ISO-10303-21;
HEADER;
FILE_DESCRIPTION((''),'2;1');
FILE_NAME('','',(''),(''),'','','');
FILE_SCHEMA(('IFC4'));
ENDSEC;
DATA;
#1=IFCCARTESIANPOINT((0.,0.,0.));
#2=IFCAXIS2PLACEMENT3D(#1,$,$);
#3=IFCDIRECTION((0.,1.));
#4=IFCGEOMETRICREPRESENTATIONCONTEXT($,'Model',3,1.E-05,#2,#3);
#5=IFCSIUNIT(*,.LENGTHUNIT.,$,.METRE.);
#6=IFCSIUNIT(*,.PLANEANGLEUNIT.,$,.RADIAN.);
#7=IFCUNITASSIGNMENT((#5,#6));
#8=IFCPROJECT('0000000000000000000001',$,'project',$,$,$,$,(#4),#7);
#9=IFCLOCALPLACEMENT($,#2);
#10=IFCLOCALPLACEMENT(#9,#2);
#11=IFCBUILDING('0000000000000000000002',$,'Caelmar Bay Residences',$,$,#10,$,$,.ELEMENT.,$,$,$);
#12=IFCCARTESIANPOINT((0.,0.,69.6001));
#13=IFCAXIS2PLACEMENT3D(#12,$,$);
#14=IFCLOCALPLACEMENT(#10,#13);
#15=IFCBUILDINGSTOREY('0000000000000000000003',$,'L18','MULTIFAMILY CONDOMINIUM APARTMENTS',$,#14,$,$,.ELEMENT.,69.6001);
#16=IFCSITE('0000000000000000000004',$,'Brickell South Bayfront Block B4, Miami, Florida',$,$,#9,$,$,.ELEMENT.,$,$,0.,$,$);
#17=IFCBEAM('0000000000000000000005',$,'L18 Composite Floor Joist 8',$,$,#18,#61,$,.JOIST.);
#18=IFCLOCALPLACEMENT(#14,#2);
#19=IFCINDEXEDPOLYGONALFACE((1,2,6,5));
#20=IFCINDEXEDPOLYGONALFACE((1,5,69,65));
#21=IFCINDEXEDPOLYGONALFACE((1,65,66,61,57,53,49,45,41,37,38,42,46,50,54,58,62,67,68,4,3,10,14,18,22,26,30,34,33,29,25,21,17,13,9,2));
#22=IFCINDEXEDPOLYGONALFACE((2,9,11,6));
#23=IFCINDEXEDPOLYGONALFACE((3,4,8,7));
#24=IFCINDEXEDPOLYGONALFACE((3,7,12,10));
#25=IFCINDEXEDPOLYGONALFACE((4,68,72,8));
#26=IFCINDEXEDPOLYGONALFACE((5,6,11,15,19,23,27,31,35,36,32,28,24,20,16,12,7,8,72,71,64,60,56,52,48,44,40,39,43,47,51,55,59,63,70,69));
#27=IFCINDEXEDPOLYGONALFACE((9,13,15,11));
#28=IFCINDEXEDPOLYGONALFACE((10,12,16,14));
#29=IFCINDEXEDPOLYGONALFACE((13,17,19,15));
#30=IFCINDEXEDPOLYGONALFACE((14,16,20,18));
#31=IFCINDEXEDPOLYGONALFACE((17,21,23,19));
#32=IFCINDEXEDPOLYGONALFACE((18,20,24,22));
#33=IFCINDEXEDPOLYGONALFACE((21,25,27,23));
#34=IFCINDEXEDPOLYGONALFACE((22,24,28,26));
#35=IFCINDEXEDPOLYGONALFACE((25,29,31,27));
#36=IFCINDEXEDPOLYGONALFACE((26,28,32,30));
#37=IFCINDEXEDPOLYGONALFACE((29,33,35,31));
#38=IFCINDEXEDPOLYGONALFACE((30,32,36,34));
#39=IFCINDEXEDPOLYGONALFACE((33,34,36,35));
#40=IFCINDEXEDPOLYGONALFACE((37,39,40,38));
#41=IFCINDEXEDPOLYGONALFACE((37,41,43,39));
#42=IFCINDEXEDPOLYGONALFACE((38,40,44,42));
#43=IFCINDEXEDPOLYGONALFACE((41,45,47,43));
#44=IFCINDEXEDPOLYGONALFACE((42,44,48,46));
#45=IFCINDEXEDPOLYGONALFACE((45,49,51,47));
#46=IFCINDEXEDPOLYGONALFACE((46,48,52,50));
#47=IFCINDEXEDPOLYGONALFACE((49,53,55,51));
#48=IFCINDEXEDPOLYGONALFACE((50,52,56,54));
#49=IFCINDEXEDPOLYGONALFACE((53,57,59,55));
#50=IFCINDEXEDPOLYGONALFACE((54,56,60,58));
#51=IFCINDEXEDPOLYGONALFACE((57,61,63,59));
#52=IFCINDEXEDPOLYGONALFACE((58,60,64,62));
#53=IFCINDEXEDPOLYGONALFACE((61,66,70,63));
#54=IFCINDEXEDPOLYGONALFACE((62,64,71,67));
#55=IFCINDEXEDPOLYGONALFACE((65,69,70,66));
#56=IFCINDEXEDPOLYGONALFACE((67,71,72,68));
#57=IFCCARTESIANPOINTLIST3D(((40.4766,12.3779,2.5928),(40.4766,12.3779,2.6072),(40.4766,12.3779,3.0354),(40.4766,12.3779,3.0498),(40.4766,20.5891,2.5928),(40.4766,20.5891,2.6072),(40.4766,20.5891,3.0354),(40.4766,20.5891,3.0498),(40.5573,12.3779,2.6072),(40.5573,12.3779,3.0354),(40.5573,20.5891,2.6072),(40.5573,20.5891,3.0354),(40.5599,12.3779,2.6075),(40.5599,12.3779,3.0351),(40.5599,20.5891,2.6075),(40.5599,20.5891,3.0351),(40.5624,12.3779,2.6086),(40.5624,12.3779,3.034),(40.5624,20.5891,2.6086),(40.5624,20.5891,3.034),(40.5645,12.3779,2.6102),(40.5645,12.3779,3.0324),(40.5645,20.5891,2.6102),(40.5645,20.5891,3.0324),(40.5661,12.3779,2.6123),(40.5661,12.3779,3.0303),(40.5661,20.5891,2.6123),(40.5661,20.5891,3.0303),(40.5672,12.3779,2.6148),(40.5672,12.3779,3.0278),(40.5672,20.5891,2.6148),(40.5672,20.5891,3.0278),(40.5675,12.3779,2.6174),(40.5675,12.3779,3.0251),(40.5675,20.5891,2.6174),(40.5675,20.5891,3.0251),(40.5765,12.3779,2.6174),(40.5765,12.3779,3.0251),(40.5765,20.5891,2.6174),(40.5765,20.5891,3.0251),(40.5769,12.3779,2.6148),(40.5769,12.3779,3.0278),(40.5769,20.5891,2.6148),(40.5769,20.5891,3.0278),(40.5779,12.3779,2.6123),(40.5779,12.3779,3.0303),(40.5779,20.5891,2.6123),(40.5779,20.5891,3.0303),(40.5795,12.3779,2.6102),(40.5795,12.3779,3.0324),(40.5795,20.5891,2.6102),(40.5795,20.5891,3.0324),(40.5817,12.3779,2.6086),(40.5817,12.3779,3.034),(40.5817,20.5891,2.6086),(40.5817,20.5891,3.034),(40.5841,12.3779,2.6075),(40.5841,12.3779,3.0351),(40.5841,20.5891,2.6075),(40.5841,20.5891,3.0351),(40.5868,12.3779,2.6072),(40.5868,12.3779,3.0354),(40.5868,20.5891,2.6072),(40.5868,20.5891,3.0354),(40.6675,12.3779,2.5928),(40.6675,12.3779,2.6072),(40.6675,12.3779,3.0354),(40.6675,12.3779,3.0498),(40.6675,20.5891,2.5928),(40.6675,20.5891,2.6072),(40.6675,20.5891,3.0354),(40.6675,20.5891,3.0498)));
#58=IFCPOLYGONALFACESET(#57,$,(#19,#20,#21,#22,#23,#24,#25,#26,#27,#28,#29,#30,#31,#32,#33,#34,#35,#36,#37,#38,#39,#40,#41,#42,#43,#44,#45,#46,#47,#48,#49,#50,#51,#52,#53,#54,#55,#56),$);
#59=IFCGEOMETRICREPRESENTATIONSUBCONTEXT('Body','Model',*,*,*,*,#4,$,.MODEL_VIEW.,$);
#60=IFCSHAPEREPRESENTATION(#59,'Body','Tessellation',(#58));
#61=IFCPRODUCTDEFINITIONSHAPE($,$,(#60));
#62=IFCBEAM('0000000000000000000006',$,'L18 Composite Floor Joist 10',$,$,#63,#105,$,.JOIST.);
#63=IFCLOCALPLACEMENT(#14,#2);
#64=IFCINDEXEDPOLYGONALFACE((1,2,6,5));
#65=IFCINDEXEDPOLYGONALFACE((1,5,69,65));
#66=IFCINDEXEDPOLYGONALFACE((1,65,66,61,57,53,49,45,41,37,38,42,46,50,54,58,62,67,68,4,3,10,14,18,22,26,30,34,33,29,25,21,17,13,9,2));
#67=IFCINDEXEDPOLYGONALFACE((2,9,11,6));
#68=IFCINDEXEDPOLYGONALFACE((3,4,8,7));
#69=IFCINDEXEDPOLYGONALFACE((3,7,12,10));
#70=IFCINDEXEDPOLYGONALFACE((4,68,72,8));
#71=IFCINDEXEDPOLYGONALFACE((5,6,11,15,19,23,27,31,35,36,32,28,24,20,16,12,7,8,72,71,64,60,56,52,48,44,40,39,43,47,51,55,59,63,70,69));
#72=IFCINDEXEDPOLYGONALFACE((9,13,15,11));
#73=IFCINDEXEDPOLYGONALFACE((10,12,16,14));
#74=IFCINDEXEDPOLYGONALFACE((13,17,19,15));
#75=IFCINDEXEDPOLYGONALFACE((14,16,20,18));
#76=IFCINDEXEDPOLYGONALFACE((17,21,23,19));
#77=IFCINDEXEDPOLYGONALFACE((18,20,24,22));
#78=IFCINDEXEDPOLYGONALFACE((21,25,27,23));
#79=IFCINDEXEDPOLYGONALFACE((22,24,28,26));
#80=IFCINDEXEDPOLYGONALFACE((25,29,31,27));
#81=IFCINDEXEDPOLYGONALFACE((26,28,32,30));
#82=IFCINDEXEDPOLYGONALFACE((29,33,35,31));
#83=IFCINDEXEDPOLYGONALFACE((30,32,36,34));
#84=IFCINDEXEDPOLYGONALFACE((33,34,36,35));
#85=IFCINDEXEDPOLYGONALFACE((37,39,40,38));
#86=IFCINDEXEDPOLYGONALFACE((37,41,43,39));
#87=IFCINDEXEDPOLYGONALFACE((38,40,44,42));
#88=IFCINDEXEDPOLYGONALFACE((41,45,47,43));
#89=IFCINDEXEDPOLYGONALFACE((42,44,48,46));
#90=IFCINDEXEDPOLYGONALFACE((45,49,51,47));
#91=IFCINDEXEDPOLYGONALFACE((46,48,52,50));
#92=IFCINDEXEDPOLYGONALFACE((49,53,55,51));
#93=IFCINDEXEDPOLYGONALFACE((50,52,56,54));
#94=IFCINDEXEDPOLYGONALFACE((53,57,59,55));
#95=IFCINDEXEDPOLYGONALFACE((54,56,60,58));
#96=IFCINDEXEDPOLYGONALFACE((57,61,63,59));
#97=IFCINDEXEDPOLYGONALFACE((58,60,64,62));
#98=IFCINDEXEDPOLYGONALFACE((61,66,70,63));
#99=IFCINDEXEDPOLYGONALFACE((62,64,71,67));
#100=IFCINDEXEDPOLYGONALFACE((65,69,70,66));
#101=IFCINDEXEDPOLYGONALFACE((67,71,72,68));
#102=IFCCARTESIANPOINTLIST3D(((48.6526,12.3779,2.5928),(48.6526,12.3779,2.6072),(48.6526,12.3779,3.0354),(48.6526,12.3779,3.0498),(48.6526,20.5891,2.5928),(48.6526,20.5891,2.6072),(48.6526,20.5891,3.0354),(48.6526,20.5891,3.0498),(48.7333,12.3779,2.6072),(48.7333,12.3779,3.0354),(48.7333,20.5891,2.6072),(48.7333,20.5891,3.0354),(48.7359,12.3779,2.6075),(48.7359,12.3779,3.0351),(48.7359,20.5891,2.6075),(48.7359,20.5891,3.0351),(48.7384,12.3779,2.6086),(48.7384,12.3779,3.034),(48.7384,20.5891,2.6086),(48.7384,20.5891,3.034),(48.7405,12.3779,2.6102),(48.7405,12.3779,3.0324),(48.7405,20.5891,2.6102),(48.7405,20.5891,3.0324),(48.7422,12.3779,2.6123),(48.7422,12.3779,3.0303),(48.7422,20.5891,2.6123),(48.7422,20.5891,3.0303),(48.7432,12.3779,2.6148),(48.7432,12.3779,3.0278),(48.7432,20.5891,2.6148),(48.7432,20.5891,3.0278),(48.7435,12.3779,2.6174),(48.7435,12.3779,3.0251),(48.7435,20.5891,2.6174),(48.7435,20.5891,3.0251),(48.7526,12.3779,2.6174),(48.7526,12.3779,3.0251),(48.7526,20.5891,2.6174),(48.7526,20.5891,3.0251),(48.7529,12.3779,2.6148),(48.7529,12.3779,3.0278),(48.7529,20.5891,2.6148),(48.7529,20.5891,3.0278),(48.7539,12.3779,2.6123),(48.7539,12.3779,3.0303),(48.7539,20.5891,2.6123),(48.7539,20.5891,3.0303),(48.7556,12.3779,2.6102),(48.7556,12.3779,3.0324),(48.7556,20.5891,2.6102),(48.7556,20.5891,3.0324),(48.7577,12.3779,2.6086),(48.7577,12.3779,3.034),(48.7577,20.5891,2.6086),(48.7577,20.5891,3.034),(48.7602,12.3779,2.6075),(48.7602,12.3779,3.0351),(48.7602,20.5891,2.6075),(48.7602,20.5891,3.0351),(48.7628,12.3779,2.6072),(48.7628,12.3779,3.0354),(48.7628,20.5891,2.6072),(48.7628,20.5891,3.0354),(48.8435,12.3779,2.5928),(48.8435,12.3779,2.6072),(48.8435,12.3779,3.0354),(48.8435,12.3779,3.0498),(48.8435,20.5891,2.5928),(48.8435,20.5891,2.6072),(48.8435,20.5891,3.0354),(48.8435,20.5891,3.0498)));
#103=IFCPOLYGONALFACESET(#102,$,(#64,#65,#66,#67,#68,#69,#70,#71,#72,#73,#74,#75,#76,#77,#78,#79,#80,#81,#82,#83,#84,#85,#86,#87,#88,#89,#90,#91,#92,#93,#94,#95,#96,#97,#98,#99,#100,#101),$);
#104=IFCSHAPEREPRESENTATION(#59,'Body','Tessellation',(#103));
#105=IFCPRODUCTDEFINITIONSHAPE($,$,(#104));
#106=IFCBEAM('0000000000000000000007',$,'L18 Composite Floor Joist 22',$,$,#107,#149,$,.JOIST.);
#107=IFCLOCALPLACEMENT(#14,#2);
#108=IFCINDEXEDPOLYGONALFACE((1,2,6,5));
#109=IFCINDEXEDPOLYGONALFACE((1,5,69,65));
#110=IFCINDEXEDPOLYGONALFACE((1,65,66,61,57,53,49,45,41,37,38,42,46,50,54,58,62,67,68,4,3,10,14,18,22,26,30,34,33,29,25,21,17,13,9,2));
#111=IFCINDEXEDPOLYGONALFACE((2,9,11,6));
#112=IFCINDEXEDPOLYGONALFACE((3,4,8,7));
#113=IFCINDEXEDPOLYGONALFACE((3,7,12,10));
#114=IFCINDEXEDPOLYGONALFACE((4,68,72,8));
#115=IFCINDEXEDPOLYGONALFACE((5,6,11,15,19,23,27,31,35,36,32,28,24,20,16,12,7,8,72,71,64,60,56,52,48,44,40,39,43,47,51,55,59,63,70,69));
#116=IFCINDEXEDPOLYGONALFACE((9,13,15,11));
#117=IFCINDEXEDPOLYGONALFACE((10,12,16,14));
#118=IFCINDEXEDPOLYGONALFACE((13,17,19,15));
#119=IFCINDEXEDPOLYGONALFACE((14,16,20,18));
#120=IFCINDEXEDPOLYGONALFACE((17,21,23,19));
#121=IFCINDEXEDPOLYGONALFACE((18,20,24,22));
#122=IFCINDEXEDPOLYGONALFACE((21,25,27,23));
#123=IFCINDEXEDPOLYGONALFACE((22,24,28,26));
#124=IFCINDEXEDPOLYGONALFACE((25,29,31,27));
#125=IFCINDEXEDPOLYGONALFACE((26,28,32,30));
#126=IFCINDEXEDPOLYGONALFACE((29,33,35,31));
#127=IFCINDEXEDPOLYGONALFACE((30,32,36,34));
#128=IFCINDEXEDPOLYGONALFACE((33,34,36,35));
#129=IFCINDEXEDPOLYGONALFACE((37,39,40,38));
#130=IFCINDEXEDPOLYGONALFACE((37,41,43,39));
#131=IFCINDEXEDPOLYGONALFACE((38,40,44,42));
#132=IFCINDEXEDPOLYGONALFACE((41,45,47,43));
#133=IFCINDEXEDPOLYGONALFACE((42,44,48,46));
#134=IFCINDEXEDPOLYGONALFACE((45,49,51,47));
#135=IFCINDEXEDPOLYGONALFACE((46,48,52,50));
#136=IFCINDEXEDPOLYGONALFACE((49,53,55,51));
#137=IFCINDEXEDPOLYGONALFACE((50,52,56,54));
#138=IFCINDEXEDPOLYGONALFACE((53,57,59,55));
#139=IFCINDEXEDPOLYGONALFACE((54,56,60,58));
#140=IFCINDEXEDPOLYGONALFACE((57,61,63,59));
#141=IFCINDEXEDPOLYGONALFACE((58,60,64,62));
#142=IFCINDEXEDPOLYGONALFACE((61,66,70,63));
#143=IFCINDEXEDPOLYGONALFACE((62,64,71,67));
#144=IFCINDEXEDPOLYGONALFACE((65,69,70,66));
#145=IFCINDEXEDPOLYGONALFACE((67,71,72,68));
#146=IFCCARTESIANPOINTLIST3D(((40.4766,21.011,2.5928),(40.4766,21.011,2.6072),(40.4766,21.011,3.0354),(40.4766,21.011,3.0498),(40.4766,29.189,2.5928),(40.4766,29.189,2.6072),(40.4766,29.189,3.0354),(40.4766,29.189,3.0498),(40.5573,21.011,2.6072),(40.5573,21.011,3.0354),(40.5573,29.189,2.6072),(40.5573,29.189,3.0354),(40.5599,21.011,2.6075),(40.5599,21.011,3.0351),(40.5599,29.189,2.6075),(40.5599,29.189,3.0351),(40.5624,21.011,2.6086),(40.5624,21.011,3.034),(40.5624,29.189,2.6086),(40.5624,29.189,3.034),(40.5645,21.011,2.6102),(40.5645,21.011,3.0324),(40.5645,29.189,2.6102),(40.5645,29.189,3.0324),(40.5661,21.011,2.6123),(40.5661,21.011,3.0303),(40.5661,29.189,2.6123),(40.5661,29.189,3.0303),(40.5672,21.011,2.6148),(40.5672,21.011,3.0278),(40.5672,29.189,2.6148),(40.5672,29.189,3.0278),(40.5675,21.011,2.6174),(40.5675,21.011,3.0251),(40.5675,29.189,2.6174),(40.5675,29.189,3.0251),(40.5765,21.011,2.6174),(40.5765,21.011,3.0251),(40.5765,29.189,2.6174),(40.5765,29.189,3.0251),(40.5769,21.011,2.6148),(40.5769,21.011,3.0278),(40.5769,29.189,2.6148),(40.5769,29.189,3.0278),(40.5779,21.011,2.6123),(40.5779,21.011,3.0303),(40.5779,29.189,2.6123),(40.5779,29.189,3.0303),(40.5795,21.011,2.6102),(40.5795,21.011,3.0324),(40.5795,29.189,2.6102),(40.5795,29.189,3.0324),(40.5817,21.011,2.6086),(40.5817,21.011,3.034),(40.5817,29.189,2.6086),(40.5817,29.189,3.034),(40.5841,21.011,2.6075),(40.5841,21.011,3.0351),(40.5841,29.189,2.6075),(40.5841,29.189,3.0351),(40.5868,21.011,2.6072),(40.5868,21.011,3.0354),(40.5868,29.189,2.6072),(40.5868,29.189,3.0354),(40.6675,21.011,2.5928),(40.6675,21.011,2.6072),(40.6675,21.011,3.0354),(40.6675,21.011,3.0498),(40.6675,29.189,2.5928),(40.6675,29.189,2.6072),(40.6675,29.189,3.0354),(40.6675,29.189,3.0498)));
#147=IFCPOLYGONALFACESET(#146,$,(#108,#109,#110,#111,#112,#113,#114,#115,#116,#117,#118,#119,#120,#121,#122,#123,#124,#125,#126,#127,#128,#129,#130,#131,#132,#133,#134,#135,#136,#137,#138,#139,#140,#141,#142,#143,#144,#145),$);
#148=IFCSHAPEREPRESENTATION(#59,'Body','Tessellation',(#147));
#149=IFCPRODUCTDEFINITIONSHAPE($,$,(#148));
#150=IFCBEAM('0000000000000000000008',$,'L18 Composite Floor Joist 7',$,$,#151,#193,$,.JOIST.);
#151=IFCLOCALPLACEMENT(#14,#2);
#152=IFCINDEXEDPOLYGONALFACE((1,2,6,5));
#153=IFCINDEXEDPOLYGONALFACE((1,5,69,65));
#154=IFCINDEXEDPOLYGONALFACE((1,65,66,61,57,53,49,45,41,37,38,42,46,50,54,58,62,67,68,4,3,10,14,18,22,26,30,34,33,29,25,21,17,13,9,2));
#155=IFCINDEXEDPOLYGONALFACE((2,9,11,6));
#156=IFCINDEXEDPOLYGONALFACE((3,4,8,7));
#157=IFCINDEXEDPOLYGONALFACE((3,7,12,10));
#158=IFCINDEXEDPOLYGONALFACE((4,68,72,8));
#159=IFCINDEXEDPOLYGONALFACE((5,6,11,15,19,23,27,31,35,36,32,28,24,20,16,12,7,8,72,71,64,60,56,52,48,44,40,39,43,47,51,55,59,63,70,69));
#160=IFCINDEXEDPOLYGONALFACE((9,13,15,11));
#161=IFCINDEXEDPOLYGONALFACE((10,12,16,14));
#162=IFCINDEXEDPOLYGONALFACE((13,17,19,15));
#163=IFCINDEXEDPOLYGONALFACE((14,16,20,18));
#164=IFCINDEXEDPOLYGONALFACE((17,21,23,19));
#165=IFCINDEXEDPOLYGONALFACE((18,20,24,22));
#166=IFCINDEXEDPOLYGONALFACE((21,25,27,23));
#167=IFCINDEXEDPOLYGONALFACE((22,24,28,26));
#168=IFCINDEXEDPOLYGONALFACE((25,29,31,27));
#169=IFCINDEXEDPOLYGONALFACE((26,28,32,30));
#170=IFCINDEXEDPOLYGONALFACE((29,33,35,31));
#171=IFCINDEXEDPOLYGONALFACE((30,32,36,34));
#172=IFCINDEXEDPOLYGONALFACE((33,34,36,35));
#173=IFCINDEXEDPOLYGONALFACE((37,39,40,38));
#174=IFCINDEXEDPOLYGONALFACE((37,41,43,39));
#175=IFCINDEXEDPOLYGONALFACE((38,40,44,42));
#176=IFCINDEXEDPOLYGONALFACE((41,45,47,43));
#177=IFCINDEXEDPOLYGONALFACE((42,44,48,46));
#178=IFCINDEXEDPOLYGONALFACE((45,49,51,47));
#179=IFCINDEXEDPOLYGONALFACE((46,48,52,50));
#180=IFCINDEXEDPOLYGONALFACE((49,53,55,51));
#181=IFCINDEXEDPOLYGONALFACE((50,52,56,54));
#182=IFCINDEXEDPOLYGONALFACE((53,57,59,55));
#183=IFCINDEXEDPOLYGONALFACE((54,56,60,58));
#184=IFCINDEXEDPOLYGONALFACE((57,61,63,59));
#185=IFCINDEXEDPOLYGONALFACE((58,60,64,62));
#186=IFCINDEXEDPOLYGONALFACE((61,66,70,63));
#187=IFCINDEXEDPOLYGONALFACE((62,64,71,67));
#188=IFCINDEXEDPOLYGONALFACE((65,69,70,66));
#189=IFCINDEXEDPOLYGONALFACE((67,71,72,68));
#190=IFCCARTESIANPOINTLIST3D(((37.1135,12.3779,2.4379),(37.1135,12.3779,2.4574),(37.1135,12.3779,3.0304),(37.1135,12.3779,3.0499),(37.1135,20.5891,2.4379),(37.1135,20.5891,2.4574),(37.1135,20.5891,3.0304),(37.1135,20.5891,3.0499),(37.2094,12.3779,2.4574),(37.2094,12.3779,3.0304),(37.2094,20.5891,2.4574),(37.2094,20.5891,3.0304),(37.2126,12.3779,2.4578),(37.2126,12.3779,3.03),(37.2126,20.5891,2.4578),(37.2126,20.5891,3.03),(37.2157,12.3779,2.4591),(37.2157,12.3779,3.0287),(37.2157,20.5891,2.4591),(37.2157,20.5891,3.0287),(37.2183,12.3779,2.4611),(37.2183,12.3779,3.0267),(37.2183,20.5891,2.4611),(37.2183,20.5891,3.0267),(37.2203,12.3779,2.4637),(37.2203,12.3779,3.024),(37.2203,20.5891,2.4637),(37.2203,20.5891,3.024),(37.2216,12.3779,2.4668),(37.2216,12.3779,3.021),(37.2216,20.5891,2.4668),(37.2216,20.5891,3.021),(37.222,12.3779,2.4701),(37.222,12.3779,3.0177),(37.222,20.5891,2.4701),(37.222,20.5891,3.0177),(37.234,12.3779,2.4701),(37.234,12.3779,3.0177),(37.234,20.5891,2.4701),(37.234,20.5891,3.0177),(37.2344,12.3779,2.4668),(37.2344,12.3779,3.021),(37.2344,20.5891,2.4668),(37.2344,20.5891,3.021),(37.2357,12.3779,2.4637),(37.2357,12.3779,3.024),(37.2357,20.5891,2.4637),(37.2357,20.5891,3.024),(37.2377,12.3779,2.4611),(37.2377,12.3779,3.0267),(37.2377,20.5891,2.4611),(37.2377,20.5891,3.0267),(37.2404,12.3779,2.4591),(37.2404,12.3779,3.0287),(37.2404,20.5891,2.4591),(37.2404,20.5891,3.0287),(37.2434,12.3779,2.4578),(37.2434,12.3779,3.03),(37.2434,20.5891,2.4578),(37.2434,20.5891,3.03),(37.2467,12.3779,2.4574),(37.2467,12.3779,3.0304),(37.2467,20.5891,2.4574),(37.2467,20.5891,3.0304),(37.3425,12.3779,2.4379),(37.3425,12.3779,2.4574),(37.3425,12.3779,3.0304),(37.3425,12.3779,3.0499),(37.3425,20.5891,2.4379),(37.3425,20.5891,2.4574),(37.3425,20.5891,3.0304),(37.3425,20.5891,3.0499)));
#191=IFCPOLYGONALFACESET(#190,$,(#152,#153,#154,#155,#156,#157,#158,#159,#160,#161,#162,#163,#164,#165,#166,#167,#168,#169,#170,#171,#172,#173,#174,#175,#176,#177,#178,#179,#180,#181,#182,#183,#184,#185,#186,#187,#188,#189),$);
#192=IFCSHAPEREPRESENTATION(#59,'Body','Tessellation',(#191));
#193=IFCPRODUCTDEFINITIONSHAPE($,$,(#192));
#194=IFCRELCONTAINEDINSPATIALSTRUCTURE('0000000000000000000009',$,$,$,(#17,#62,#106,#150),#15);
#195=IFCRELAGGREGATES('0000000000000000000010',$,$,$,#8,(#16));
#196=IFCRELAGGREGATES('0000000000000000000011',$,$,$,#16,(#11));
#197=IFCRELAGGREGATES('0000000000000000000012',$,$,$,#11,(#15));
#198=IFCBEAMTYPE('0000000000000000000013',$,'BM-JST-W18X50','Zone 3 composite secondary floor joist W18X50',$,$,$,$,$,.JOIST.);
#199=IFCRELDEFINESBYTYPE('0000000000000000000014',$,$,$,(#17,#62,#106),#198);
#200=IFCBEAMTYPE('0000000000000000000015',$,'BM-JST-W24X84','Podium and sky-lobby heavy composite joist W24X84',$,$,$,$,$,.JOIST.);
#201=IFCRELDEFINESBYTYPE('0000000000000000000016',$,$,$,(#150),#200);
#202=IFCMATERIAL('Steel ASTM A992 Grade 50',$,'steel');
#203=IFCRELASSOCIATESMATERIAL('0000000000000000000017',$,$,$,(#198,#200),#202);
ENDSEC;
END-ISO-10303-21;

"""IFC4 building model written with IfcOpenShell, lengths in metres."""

from ifc_helpers import new_model, si_unit, direction, frame, origin, origin_2d, place, context, subcontext, project, spatial, i_section, extrude, material, material_profile, profile_set, type_object, element, save


model = new_model("IFC4")

# Units and contexts
model_context = context("Model", 3, precision=1e-05, world=origin(), true_north=direction((0.0, 1.0)))
body_context = subcontext(model_context, "Body", "Model", "MODEL_VIEW")
ifc_project = project(units=[si_unit("LENGTHUNIT", "METRE"), si_unit("PLANEANGLEUNIT", "RADIAN")], contexts=[model_context])

# Site, building, storey
site_placement = place(None, origin())
site = spatial("IfcSite", under=ifc_project, at=site_placement, Name="Brickell South Bayfront Block B4, Miami, Florida", CompositionType="ELEMENT", RefElevation=0.0)
building_placement = place(site_placement, origin())
building = spatial("IfcBuilding", under=site, at=building_placement, Name="Caelmar Bay Residences", CompositionType="ELEMENT")
storey_placement = place(building_placement, frame((0.0, 0.0, 69.6001)))
storey = spatial("IfcBuildingStorey", under=building, at=storey_placement, Name="L18", Description="MULTIFAMILY CONDOMINIUM APARTMENTS", CompositionType="ELEMENT", Elevation=69.6001)

# Beams
ifc_material_1 = material(Name="Steel ASTM A992 Grade 50", Category="steel")
ifc_material_profile_1 = material_profile(ifc_material_1, i_section(OverallWidth=0.1909, OverallDepth=0.457, WebThickness=0.009, FlangeThickness=0.0144, FilletRadius=0.0103, at=origin_2d()), Name="W18X50")
ifc_profile_set_1 = profile_set([ifc_material_profile_1], Name="Steel ASTM A992 Grade 50")
beam_type_1 = type_object("IfcBeamType", Name="BM-JST-W18X50", Description="Zone 3 composite secondary floor joist W18X50", PredefinedType="JOIST", material=ifc_profile_set_1)
for number, where, z_axis, x_axis, name in (
    (1, (40.572, 12.3779, 2.8213), (0.0, 1.0, 0.0), (-1.0, 0.0, 0.0), "L18 Composite Floor Joist 8"),
    (2, (48.748, 12.3779, 2.8213), (0.0, 1.0, 0.0), (-1.0, 0.0, 0.0), "L18 Composite Floor Joist 10"),
):
    element("IfcBeam", number, at=place(storey_placement, frame(where, z_axis=z_axis, x_axis=x_axis)), inside=storey, type_object=beam_type_1, Name=name, PredefinedType="JOIST", context=body_context, shape_type="SweptSolid", body=[
        extrude(i_section(OverallWidth=0.1909, OverallDepth=0.457, WebThickness=0.009, FlangeThickness=0.0144, FilletRadius=0.0103, at=origin_2d()), origin(), (0.0, 0.0, 1.0), 8.2112),
    ])
beam_1_placement = place(storey_placement, frame((40.572, 21.011, 2.8213), z_axis=(0.0, 1.0, 0.0), x_axis=(-1.0, 0.0, 0.0)))
element("IfcBeam", 3, at=beam_1_placement, inside=storey, type_object=beam_type_1, Name="L18 Composite Floor Joist 22", PredefinedType="JOIST", context=body_context, shape_type="SweptSolid", body=[
    extrude(i_section(OverallWidth=0.1909, OverallDepth=0.457, WebThickness=0.009, FlangeThickness=0.0144, FilletRadius=0.0103, at=origin_2d()), origin(), (0.0, 0.0, 1.0), 8.178),
])
ifc_material_profile_2 = material_profile(ifc_material_1, i_section(OverallWidth=0.229, OverallDepth=0.6121, WebThickness=0.012, FlangeThickness=0.0195, FilletRadius=0.0127, at=origin_2d()), Name="W24X84")
ifc_profile_set_2 = profile_set([ifc_material_profile_2], Name="Steel ASTM A992 Grade 50")
beam_type_2 = type_object("IfcBeamType", Name="BM-JST-W24X84", Description="Podium and sky-lobby heavy composite joist W24X84", PredefinedType="JOIST", material=ifc_profile_set_2)
for number, where, z_axis, x_axis, name in (
    (4, (37.228, 12.3779, 2.7439), (0.0, 1.0, 0.0), (-1.0, 0.0, 0.0), "L18 Composite Floor Joist 7"),
):
    element("IfcBeam", number, at=place(storey_placement, frame(where, z_axis=z_axis, x_axis=x_axis)), inside=storey, type_object=beam_type_2, Name=name, PredefinedType="JOIST", context=body_context, shape_type="SweptSolid", body=[
        extrude(i_section(OverallWidth=0.229, OverallDepth=0.6121, WebThickness=0.012, FlangeThickness=0.0195, FilletRadius=0.0127, at=origin_2d()), origin(), (0.0, 0.0, 1.0), 8.2112),
    ])

save(model, "model.ifc")
